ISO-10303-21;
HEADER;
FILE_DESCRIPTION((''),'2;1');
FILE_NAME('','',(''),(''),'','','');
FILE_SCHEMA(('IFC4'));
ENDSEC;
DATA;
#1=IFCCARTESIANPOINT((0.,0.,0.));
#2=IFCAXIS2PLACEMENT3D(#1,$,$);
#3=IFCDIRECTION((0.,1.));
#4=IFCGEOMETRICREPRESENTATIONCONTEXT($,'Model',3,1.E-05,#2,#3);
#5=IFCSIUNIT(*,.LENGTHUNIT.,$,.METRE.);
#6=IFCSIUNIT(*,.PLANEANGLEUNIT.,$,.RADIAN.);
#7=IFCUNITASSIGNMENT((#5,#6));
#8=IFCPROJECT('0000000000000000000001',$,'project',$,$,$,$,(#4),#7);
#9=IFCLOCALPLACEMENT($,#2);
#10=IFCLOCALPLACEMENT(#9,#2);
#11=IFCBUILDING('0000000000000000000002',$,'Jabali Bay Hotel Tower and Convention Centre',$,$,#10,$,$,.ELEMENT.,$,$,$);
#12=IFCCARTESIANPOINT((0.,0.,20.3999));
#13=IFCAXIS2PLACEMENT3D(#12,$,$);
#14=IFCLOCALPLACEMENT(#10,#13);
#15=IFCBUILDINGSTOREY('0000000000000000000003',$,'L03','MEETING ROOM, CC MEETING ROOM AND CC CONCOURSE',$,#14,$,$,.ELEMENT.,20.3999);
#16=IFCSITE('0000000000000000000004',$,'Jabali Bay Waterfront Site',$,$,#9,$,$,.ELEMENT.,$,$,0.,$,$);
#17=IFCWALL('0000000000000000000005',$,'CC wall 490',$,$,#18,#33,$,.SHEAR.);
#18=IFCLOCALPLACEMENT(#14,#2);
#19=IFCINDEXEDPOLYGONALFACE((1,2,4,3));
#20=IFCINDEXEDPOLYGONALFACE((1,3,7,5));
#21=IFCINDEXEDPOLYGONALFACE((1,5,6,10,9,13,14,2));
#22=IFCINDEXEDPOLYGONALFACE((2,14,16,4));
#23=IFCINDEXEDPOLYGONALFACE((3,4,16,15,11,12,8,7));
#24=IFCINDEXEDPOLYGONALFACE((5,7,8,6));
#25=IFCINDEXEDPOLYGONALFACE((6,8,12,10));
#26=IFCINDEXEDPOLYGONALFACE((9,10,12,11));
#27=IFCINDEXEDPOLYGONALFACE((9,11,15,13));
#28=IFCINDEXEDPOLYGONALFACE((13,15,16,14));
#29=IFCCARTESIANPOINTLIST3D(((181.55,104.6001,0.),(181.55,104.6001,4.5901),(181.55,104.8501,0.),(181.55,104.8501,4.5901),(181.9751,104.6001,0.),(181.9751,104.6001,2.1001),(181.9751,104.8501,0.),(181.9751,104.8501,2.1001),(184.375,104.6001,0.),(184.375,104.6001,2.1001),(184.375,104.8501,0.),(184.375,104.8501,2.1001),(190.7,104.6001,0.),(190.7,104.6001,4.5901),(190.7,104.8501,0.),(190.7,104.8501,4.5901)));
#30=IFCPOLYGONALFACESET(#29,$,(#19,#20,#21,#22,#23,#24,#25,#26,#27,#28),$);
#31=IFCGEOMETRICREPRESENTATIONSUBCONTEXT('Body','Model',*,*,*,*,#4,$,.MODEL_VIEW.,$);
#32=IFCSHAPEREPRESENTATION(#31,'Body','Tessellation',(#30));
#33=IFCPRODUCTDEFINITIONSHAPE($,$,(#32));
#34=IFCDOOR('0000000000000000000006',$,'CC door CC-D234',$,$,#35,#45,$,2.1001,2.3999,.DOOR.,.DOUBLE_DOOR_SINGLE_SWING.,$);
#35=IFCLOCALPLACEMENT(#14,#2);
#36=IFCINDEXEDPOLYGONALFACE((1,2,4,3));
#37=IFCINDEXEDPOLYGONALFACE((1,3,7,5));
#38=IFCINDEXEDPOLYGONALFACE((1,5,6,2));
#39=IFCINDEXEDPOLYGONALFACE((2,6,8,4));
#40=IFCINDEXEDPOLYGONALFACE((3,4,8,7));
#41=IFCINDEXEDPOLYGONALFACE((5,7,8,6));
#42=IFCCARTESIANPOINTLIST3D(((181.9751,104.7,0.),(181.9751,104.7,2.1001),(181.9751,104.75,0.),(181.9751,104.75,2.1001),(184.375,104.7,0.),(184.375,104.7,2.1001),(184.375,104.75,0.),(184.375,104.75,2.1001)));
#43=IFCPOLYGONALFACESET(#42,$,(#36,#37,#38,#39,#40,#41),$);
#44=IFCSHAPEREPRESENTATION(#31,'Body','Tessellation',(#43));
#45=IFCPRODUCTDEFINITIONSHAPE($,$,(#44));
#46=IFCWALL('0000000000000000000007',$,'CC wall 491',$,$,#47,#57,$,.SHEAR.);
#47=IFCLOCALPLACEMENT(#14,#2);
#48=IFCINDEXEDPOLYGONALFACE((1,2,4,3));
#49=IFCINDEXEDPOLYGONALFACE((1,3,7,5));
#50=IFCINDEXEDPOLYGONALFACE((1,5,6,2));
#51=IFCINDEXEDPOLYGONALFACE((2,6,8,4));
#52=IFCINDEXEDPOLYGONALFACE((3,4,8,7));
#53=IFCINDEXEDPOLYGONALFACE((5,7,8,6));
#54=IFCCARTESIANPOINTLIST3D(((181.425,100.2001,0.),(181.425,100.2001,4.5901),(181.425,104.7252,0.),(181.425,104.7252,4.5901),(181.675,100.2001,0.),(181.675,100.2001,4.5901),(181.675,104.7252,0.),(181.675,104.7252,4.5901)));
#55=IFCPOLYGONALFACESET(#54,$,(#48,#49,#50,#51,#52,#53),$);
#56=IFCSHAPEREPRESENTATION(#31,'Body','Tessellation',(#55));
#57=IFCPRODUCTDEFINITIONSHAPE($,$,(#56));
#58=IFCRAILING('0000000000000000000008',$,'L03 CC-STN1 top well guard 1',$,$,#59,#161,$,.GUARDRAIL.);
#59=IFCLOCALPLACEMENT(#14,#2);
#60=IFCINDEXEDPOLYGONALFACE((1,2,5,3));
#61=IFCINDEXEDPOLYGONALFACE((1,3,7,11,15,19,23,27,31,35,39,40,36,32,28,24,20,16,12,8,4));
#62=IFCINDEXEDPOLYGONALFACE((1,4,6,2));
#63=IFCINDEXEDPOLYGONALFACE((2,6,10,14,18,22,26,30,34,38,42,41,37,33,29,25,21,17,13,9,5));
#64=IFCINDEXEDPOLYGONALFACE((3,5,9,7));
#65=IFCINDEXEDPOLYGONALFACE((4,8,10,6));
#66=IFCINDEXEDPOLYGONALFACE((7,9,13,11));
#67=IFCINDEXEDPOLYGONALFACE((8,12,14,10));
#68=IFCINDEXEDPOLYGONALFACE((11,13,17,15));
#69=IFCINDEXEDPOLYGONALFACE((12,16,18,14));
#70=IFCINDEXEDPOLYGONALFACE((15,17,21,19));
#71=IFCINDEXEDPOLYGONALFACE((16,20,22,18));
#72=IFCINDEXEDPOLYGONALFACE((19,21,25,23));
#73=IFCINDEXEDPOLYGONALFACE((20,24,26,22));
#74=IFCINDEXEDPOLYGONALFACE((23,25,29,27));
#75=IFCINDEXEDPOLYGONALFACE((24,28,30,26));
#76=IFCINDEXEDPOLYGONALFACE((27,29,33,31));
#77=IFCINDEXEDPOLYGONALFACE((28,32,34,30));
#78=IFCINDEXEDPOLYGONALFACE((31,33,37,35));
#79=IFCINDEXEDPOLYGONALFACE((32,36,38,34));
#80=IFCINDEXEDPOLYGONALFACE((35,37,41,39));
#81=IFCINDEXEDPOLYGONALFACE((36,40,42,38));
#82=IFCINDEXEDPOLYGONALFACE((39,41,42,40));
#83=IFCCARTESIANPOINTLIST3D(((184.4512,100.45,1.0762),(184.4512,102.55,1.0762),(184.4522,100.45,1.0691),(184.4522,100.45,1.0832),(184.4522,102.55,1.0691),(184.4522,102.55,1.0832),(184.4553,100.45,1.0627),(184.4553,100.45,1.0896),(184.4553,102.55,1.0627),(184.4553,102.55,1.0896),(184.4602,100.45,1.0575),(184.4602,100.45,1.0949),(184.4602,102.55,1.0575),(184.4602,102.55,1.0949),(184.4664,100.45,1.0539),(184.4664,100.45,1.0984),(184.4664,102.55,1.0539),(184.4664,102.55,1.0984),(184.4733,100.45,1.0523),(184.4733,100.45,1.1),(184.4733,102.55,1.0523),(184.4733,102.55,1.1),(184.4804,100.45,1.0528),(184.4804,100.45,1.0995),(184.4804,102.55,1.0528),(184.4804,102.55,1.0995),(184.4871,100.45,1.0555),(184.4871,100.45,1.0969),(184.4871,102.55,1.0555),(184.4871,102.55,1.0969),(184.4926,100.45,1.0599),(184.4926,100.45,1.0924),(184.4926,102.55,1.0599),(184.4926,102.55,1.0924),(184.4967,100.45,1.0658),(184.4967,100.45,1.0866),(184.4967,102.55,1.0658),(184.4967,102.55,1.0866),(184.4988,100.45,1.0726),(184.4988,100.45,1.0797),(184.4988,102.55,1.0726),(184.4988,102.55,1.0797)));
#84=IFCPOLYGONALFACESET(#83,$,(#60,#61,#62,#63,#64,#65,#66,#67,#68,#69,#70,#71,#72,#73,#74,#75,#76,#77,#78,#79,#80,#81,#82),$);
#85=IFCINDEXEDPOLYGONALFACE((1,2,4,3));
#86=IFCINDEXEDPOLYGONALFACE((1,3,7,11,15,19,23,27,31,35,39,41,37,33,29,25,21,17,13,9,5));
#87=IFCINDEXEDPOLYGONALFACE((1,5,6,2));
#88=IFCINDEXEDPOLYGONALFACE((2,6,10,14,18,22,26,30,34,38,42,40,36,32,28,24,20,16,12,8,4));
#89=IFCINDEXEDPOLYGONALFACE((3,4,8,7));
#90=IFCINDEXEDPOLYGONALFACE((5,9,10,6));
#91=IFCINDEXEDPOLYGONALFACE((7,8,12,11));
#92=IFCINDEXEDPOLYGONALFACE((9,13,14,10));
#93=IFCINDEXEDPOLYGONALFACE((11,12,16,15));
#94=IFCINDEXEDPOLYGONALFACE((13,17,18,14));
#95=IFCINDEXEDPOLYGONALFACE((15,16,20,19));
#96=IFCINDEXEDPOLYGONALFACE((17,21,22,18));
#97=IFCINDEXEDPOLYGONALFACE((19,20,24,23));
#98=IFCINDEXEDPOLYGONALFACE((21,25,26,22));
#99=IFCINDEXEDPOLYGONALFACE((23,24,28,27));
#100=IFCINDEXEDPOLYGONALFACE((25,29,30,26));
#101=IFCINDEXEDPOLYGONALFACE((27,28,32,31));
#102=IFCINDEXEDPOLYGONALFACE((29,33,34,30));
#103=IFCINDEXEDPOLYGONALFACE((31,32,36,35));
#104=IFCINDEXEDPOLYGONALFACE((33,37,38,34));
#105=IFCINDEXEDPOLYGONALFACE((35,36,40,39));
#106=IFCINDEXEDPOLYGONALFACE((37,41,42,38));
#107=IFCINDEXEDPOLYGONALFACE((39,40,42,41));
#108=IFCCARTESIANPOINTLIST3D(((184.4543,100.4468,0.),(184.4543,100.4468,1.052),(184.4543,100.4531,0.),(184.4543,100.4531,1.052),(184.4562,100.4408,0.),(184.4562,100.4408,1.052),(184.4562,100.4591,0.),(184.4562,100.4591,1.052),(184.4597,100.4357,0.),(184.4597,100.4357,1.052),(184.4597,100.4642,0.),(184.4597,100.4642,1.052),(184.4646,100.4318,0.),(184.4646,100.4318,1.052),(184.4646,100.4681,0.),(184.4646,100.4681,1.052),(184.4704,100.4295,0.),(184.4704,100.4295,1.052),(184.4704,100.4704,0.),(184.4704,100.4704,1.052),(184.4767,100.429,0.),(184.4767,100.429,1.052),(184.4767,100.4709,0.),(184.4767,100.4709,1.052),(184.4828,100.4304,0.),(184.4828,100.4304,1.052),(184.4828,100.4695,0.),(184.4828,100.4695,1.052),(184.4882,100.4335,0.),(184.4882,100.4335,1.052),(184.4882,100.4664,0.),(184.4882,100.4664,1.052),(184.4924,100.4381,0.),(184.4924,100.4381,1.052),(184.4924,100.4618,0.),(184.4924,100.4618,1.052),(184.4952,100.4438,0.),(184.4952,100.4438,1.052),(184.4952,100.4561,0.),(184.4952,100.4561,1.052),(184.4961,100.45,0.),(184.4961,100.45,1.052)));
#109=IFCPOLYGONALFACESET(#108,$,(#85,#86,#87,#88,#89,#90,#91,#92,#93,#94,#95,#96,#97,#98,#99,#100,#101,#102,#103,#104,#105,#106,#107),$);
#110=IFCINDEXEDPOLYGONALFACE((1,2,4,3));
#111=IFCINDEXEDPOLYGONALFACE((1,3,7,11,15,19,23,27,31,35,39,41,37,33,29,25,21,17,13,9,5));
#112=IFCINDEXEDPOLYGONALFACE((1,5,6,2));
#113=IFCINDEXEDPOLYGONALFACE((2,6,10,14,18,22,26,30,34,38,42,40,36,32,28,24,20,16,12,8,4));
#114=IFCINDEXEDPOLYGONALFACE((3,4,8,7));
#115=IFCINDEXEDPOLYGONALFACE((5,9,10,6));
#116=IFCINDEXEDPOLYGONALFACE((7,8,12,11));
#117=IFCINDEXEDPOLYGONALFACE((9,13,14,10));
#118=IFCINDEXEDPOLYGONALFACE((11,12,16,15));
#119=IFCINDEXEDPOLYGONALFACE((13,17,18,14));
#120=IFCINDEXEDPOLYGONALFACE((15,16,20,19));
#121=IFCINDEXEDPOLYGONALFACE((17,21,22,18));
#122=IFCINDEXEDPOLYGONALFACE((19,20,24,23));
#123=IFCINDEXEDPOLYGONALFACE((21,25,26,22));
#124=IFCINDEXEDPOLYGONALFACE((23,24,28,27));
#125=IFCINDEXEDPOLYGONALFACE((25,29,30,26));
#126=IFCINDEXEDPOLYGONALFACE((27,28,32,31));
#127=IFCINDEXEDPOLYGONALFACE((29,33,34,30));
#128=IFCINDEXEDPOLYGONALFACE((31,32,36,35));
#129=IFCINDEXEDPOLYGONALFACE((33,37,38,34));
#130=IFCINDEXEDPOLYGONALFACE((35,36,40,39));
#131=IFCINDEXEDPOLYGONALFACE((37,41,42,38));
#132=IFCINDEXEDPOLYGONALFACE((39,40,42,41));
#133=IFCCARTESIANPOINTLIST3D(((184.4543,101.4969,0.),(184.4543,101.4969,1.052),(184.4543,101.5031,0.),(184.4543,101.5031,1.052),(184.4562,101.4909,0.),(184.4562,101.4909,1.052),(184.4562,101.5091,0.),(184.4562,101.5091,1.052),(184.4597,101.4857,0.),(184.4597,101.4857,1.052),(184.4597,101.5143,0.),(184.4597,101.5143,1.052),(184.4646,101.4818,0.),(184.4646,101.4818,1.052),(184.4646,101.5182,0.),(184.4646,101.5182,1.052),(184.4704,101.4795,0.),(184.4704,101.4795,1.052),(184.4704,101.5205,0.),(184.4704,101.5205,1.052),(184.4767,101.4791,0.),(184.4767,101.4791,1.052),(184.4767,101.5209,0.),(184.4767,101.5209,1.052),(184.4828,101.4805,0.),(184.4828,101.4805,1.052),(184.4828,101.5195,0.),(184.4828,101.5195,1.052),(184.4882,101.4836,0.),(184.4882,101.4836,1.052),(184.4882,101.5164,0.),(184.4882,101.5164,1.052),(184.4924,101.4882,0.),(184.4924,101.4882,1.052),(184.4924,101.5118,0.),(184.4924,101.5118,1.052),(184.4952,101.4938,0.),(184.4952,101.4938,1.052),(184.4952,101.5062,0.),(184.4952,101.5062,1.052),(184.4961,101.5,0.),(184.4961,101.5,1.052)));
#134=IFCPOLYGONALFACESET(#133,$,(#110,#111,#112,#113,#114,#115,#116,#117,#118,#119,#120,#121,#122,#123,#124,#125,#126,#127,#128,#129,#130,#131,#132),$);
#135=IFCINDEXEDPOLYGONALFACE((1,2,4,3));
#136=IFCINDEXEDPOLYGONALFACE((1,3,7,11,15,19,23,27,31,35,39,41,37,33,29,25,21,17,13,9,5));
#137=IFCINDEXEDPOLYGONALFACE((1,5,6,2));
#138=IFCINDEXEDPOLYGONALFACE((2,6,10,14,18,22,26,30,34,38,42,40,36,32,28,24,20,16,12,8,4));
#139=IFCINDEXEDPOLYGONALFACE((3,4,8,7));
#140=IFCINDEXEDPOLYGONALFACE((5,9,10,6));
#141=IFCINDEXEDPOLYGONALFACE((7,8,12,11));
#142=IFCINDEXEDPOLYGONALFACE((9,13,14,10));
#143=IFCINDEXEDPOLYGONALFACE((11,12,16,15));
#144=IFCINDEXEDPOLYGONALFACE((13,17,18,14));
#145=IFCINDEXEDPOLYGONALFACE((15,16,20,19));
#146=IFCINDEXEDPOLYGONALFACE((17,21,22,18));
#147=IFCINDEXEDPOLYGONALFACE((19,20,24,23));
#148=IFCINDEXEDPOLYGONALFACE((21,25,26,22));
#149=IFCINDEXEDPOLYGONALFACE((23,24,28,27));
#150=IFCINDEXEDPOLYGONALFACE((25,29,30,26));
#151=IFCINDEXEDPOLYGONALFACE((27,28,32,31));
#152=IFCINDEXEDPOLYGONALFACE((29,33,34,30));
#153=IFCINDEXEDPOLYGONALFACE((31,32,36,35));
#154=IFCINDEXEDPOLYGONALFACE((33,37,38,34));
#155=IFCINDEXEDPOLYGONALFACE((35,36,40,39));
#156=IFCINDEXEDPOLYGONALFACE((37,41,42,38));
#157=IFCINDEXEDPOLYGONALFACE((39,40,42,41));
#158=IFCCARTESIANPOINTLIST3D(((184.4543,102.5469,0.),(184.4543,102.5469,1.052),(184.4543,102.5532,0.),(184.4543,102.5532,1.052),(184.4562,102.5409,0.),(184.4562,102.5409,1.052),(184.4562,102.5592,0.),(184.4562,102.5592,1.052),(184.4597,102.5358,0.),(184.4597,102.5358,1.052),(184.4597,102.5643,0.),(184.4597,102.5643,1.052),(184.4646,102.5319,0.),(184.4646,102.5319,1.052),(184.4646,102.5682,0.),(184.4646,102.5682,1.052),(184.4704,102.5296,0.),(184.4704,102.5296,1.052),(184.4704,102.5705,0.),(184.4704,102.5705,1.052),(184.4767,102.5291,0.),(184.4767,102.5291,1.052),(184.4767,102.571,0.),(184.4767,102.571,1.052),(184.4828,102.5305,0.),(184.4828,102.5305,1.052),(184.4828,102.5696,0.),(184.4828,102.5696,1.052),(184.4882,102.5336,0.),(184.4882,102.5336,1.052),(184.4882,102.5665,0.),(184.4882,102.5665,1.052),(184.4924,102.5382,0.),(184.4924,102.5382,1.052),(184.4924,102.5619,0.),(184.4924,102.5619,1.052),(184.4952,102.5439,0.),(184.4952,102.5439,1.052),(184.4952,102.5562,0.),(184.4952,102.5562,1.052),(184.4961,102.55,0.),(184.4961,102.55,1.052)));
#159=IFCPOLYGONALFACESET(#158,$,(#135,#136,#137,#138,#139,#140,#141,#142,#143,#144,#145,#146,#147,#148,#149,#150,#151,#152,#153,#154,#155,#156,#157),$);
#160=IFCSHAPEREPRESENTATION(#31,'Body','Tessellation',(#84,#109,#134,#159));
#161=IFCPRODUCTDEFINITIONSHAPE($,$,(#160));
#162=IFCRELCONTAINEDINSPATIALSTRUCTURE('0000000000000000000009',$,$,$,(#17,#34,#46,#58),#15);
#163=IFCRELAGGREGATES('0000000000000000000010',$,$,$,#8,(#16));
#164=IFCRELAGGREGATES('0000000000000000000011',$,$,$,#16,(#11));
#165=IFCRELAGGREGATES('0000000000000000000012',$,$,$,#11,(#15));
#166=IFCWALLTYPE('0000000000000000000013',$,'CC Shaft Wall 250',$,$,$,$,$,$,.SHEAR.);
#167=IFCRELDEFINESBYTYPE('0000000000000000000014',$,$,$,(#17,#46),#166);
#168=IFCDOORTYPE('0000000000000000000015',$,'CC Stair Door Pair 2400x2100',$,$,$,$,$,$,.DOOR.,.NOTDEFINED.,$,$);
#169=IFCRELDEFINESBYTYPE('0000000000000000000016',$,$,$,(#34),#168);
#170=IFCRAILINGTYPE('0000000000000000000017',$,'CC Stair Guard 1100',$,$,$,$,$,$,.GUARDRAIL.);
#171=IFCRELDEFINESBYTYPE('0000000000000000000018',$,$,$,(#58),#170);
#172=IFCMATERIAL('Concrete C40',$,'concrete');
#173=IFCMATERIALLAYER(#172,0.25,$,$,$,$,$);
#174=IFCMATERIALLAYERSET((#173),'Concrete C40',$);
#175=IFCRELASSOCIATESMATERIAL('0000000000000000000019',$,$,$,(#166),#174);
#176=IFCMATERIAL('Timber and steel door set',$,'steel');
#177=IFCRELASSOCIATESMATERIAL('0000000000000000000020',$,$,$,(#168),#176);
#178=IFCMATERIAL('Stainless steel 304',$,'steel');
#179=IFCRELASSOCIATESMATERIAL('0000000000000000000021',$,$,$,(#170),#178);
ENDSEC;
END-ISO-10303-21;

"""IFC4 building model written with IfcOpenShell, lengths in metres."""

from ifc_helpers import new_model, si_unit, direction, frame, frame_2d, origin, origin_2d, place, context, subcontext, project, spatial, rectangle, circle, extrude, material, layer, layer_set, type_object, element, fill, save


model = new_model("IFC4")

# Units and contexts
model_context = context("Model", 3, precision=1e-05, world=origin(), true_north=direction((0.0, 1.0)))
body_context = subcontext(model_context, "Body", "Model", "MODEL_VIEW")
ifc_project = project(units=[si_unit("LENGTHUNIT", "METRE"), si_unit("PLANEANGLEUNIT", "RADIAN")], contexts=[model_context])

# Site, building, storey
site_placement = place(None, origin())
site = spatial("IfcSite", under=ifc_project, at=site_placement, Name="Jabali Bay Waterfront Site", CompositionType="ELEMENT", RefElevation=0.0)
building_placement = place(site_placement, origin())
building = spatial("IfcBuilding", under=site, at=building_placement, Name="Jabali Bay Hotel Tower and Convention Centre", CompositionType="ELEMENT")
storey_placement = place(building_placement, frame((0.0, 0.0, 20.3999)))
storey = spatial("IfcBuildingStorey", under=building, at=storey_placement, Name="L03", Description="MEETING ROOM, CC MEETING ROOM AND CC CONCOURSE", CompositionType="ELEMENT", Elevation=20.3999)

# Shared definitions
ifc_material_1 = material(Name="Timber and steel door set", Category="steel")

# Shared definitions
ifc_material_2 = material(Name="Concrete C40", Category="concrete")

# Wall, opening, door
ifc_layer_1 = layer(ifc_material_2, 0.25)
ifc_layer_set_1 = layer_set([ifc_layer_1], Name="Concrete C40")
wall_type_1 = type_object("IfcWallType", Name="CC Shaft Wall 250", PredefinedType="SHEAR", material=ifc_layer_set_1)
wall_1_placement = place(storey_placement, frame((181.55, 104.7251, 0.0), z_axis=(0.0, 0.0, 1.0), x_axis=(1.0, 0.0, 0.0)))
wall_1 = element("IfcWall", 1, at=wall_1_placement, inside=storey, type_object=wall_type_1, Name="CC wall 490", PredefinedType="SHEAR", context=body_context, shape_type="SweptSolid", body=[
    extrude(rectangle(XDim=9.1499, YDim=0.25, at=frame_2d((4.575, 0.0))), origin(), (0.0, 0.0, 1.0), 4.5901),
])
opening_1_placement = place(wall_1_placement, frame((0.425, 0.0, 0.0)))
opening_1 = element("IfcOpeningElement", 2, at=opening_1_placement, cuts=wall_1, PredefinedType="OPENING", context=body_context, shape_type="SweptSolid", body=[
    extrude(rectangle(XDim=2.3999, YDim=2.1001, at=frame_2d((1.2, 1.05))), frame((0.0, 0.1355, 0.0), z_axis=(0.0, -1.0, 0.0), x_axis=(1.0, 0.0, 0.0)), (0.0, 0.0, 1.0), 0.271),
])
door_type_1 = type_object("IfcDoorType", Name="CC Stair Door Pair 2400x2100", OperationType="NOTDEFINED", PredefinedType="DOOR", material=ifc_material_1)
door_1_placement = place(opening_1_placement, origin())
door_1 = element("IfcDoor", 3, at=door_1_placement, inside=storey, type_object=door_type_1, Name="CC door CC-D234", OperationType="DOUBLE_DOOR_SINGLE_SWING", OverallHeight=2.1001, OverallWidth=2.3999, PredefinedType="DOOR", context=body_context, shape_type="SweptSolid", body=[
    extrude(rectangle(XDim=2.3999, YDim=2.1001, at=frame_2d((1.2, 1.05))), frame((0.0, 0.0249, 0.0), z_axis=(0.0, -1.0, 0.0), x_axis=(1.0, 0.0, 0.0)), (0.0, 0.0, 1.0), 0.05),
])
fill(opening_1, door_1)

# Wall
wall_2_placement = place(storey_placement, frame((181.55, 100.2, 0.0), z_axis=(0.0, 0.0, 1.0), x_axis=(0.0, 1.0, 0.0)))
element("IfcWall", 4, at=wall_2_placement, inside=storey, type_object=wall_type_1, Name="CC wall 491", PredefinedType="SHEAR", context=body_context, shape_type="SweptSolid", body=[
    extrude(rectangle(XDim=4.5251, YDim=0.25, at=frame_2d((2.2627, 0.0))), origin(), (0.0, 0.0, 1.0), 4.5901),
])

# Railing
ifc_material_3 = material(Name="Stainless steel 304", Category="steel")
railing_type = type_object("IfcRailingType", Name="CC Stair Guard 1100", PredefinedType="GUARDRAIL", material=ifc_material_3)
railing_placement = place(storey_placement, frame((184.4751, 100.45, 0.0)))
element("IfcRailing", 5, at=railing_placement, inside=storey, type_object=railing_type, Name="L03 CC-STN1 top well guard 1", PredefinedType="GUARDRAIL", context=body_context, shape_type="SweptSolid", body=[
    extrude(circle(Radius=0.0239, at=origin_2d()), frame((0.0, 0.0, 1.0762), z_axis=(0.0, 1.0, 0.0), x_axis=(-1.0, 0.0, 0.0)), (0.0, 0.0, 1.0), 2.1001),
    extrude(circle(Radius=0.021, at=origin_2d()), origin(), (0.0, 0.0, 1.0), 1.052),
    extrude(circle(Radius=0.021, at=origin_2d()), frame((0.0, 1.05, 0.0)), (0.0, 0.0, 1.0), 1.052),
    extrude(circle(Radius=0.021, at=origin_2d()), frame((0.0, 2.1001, 0.0)), (0.0, 0.0, 1.0), 1.052),
])

save(model, "model.ifc")
